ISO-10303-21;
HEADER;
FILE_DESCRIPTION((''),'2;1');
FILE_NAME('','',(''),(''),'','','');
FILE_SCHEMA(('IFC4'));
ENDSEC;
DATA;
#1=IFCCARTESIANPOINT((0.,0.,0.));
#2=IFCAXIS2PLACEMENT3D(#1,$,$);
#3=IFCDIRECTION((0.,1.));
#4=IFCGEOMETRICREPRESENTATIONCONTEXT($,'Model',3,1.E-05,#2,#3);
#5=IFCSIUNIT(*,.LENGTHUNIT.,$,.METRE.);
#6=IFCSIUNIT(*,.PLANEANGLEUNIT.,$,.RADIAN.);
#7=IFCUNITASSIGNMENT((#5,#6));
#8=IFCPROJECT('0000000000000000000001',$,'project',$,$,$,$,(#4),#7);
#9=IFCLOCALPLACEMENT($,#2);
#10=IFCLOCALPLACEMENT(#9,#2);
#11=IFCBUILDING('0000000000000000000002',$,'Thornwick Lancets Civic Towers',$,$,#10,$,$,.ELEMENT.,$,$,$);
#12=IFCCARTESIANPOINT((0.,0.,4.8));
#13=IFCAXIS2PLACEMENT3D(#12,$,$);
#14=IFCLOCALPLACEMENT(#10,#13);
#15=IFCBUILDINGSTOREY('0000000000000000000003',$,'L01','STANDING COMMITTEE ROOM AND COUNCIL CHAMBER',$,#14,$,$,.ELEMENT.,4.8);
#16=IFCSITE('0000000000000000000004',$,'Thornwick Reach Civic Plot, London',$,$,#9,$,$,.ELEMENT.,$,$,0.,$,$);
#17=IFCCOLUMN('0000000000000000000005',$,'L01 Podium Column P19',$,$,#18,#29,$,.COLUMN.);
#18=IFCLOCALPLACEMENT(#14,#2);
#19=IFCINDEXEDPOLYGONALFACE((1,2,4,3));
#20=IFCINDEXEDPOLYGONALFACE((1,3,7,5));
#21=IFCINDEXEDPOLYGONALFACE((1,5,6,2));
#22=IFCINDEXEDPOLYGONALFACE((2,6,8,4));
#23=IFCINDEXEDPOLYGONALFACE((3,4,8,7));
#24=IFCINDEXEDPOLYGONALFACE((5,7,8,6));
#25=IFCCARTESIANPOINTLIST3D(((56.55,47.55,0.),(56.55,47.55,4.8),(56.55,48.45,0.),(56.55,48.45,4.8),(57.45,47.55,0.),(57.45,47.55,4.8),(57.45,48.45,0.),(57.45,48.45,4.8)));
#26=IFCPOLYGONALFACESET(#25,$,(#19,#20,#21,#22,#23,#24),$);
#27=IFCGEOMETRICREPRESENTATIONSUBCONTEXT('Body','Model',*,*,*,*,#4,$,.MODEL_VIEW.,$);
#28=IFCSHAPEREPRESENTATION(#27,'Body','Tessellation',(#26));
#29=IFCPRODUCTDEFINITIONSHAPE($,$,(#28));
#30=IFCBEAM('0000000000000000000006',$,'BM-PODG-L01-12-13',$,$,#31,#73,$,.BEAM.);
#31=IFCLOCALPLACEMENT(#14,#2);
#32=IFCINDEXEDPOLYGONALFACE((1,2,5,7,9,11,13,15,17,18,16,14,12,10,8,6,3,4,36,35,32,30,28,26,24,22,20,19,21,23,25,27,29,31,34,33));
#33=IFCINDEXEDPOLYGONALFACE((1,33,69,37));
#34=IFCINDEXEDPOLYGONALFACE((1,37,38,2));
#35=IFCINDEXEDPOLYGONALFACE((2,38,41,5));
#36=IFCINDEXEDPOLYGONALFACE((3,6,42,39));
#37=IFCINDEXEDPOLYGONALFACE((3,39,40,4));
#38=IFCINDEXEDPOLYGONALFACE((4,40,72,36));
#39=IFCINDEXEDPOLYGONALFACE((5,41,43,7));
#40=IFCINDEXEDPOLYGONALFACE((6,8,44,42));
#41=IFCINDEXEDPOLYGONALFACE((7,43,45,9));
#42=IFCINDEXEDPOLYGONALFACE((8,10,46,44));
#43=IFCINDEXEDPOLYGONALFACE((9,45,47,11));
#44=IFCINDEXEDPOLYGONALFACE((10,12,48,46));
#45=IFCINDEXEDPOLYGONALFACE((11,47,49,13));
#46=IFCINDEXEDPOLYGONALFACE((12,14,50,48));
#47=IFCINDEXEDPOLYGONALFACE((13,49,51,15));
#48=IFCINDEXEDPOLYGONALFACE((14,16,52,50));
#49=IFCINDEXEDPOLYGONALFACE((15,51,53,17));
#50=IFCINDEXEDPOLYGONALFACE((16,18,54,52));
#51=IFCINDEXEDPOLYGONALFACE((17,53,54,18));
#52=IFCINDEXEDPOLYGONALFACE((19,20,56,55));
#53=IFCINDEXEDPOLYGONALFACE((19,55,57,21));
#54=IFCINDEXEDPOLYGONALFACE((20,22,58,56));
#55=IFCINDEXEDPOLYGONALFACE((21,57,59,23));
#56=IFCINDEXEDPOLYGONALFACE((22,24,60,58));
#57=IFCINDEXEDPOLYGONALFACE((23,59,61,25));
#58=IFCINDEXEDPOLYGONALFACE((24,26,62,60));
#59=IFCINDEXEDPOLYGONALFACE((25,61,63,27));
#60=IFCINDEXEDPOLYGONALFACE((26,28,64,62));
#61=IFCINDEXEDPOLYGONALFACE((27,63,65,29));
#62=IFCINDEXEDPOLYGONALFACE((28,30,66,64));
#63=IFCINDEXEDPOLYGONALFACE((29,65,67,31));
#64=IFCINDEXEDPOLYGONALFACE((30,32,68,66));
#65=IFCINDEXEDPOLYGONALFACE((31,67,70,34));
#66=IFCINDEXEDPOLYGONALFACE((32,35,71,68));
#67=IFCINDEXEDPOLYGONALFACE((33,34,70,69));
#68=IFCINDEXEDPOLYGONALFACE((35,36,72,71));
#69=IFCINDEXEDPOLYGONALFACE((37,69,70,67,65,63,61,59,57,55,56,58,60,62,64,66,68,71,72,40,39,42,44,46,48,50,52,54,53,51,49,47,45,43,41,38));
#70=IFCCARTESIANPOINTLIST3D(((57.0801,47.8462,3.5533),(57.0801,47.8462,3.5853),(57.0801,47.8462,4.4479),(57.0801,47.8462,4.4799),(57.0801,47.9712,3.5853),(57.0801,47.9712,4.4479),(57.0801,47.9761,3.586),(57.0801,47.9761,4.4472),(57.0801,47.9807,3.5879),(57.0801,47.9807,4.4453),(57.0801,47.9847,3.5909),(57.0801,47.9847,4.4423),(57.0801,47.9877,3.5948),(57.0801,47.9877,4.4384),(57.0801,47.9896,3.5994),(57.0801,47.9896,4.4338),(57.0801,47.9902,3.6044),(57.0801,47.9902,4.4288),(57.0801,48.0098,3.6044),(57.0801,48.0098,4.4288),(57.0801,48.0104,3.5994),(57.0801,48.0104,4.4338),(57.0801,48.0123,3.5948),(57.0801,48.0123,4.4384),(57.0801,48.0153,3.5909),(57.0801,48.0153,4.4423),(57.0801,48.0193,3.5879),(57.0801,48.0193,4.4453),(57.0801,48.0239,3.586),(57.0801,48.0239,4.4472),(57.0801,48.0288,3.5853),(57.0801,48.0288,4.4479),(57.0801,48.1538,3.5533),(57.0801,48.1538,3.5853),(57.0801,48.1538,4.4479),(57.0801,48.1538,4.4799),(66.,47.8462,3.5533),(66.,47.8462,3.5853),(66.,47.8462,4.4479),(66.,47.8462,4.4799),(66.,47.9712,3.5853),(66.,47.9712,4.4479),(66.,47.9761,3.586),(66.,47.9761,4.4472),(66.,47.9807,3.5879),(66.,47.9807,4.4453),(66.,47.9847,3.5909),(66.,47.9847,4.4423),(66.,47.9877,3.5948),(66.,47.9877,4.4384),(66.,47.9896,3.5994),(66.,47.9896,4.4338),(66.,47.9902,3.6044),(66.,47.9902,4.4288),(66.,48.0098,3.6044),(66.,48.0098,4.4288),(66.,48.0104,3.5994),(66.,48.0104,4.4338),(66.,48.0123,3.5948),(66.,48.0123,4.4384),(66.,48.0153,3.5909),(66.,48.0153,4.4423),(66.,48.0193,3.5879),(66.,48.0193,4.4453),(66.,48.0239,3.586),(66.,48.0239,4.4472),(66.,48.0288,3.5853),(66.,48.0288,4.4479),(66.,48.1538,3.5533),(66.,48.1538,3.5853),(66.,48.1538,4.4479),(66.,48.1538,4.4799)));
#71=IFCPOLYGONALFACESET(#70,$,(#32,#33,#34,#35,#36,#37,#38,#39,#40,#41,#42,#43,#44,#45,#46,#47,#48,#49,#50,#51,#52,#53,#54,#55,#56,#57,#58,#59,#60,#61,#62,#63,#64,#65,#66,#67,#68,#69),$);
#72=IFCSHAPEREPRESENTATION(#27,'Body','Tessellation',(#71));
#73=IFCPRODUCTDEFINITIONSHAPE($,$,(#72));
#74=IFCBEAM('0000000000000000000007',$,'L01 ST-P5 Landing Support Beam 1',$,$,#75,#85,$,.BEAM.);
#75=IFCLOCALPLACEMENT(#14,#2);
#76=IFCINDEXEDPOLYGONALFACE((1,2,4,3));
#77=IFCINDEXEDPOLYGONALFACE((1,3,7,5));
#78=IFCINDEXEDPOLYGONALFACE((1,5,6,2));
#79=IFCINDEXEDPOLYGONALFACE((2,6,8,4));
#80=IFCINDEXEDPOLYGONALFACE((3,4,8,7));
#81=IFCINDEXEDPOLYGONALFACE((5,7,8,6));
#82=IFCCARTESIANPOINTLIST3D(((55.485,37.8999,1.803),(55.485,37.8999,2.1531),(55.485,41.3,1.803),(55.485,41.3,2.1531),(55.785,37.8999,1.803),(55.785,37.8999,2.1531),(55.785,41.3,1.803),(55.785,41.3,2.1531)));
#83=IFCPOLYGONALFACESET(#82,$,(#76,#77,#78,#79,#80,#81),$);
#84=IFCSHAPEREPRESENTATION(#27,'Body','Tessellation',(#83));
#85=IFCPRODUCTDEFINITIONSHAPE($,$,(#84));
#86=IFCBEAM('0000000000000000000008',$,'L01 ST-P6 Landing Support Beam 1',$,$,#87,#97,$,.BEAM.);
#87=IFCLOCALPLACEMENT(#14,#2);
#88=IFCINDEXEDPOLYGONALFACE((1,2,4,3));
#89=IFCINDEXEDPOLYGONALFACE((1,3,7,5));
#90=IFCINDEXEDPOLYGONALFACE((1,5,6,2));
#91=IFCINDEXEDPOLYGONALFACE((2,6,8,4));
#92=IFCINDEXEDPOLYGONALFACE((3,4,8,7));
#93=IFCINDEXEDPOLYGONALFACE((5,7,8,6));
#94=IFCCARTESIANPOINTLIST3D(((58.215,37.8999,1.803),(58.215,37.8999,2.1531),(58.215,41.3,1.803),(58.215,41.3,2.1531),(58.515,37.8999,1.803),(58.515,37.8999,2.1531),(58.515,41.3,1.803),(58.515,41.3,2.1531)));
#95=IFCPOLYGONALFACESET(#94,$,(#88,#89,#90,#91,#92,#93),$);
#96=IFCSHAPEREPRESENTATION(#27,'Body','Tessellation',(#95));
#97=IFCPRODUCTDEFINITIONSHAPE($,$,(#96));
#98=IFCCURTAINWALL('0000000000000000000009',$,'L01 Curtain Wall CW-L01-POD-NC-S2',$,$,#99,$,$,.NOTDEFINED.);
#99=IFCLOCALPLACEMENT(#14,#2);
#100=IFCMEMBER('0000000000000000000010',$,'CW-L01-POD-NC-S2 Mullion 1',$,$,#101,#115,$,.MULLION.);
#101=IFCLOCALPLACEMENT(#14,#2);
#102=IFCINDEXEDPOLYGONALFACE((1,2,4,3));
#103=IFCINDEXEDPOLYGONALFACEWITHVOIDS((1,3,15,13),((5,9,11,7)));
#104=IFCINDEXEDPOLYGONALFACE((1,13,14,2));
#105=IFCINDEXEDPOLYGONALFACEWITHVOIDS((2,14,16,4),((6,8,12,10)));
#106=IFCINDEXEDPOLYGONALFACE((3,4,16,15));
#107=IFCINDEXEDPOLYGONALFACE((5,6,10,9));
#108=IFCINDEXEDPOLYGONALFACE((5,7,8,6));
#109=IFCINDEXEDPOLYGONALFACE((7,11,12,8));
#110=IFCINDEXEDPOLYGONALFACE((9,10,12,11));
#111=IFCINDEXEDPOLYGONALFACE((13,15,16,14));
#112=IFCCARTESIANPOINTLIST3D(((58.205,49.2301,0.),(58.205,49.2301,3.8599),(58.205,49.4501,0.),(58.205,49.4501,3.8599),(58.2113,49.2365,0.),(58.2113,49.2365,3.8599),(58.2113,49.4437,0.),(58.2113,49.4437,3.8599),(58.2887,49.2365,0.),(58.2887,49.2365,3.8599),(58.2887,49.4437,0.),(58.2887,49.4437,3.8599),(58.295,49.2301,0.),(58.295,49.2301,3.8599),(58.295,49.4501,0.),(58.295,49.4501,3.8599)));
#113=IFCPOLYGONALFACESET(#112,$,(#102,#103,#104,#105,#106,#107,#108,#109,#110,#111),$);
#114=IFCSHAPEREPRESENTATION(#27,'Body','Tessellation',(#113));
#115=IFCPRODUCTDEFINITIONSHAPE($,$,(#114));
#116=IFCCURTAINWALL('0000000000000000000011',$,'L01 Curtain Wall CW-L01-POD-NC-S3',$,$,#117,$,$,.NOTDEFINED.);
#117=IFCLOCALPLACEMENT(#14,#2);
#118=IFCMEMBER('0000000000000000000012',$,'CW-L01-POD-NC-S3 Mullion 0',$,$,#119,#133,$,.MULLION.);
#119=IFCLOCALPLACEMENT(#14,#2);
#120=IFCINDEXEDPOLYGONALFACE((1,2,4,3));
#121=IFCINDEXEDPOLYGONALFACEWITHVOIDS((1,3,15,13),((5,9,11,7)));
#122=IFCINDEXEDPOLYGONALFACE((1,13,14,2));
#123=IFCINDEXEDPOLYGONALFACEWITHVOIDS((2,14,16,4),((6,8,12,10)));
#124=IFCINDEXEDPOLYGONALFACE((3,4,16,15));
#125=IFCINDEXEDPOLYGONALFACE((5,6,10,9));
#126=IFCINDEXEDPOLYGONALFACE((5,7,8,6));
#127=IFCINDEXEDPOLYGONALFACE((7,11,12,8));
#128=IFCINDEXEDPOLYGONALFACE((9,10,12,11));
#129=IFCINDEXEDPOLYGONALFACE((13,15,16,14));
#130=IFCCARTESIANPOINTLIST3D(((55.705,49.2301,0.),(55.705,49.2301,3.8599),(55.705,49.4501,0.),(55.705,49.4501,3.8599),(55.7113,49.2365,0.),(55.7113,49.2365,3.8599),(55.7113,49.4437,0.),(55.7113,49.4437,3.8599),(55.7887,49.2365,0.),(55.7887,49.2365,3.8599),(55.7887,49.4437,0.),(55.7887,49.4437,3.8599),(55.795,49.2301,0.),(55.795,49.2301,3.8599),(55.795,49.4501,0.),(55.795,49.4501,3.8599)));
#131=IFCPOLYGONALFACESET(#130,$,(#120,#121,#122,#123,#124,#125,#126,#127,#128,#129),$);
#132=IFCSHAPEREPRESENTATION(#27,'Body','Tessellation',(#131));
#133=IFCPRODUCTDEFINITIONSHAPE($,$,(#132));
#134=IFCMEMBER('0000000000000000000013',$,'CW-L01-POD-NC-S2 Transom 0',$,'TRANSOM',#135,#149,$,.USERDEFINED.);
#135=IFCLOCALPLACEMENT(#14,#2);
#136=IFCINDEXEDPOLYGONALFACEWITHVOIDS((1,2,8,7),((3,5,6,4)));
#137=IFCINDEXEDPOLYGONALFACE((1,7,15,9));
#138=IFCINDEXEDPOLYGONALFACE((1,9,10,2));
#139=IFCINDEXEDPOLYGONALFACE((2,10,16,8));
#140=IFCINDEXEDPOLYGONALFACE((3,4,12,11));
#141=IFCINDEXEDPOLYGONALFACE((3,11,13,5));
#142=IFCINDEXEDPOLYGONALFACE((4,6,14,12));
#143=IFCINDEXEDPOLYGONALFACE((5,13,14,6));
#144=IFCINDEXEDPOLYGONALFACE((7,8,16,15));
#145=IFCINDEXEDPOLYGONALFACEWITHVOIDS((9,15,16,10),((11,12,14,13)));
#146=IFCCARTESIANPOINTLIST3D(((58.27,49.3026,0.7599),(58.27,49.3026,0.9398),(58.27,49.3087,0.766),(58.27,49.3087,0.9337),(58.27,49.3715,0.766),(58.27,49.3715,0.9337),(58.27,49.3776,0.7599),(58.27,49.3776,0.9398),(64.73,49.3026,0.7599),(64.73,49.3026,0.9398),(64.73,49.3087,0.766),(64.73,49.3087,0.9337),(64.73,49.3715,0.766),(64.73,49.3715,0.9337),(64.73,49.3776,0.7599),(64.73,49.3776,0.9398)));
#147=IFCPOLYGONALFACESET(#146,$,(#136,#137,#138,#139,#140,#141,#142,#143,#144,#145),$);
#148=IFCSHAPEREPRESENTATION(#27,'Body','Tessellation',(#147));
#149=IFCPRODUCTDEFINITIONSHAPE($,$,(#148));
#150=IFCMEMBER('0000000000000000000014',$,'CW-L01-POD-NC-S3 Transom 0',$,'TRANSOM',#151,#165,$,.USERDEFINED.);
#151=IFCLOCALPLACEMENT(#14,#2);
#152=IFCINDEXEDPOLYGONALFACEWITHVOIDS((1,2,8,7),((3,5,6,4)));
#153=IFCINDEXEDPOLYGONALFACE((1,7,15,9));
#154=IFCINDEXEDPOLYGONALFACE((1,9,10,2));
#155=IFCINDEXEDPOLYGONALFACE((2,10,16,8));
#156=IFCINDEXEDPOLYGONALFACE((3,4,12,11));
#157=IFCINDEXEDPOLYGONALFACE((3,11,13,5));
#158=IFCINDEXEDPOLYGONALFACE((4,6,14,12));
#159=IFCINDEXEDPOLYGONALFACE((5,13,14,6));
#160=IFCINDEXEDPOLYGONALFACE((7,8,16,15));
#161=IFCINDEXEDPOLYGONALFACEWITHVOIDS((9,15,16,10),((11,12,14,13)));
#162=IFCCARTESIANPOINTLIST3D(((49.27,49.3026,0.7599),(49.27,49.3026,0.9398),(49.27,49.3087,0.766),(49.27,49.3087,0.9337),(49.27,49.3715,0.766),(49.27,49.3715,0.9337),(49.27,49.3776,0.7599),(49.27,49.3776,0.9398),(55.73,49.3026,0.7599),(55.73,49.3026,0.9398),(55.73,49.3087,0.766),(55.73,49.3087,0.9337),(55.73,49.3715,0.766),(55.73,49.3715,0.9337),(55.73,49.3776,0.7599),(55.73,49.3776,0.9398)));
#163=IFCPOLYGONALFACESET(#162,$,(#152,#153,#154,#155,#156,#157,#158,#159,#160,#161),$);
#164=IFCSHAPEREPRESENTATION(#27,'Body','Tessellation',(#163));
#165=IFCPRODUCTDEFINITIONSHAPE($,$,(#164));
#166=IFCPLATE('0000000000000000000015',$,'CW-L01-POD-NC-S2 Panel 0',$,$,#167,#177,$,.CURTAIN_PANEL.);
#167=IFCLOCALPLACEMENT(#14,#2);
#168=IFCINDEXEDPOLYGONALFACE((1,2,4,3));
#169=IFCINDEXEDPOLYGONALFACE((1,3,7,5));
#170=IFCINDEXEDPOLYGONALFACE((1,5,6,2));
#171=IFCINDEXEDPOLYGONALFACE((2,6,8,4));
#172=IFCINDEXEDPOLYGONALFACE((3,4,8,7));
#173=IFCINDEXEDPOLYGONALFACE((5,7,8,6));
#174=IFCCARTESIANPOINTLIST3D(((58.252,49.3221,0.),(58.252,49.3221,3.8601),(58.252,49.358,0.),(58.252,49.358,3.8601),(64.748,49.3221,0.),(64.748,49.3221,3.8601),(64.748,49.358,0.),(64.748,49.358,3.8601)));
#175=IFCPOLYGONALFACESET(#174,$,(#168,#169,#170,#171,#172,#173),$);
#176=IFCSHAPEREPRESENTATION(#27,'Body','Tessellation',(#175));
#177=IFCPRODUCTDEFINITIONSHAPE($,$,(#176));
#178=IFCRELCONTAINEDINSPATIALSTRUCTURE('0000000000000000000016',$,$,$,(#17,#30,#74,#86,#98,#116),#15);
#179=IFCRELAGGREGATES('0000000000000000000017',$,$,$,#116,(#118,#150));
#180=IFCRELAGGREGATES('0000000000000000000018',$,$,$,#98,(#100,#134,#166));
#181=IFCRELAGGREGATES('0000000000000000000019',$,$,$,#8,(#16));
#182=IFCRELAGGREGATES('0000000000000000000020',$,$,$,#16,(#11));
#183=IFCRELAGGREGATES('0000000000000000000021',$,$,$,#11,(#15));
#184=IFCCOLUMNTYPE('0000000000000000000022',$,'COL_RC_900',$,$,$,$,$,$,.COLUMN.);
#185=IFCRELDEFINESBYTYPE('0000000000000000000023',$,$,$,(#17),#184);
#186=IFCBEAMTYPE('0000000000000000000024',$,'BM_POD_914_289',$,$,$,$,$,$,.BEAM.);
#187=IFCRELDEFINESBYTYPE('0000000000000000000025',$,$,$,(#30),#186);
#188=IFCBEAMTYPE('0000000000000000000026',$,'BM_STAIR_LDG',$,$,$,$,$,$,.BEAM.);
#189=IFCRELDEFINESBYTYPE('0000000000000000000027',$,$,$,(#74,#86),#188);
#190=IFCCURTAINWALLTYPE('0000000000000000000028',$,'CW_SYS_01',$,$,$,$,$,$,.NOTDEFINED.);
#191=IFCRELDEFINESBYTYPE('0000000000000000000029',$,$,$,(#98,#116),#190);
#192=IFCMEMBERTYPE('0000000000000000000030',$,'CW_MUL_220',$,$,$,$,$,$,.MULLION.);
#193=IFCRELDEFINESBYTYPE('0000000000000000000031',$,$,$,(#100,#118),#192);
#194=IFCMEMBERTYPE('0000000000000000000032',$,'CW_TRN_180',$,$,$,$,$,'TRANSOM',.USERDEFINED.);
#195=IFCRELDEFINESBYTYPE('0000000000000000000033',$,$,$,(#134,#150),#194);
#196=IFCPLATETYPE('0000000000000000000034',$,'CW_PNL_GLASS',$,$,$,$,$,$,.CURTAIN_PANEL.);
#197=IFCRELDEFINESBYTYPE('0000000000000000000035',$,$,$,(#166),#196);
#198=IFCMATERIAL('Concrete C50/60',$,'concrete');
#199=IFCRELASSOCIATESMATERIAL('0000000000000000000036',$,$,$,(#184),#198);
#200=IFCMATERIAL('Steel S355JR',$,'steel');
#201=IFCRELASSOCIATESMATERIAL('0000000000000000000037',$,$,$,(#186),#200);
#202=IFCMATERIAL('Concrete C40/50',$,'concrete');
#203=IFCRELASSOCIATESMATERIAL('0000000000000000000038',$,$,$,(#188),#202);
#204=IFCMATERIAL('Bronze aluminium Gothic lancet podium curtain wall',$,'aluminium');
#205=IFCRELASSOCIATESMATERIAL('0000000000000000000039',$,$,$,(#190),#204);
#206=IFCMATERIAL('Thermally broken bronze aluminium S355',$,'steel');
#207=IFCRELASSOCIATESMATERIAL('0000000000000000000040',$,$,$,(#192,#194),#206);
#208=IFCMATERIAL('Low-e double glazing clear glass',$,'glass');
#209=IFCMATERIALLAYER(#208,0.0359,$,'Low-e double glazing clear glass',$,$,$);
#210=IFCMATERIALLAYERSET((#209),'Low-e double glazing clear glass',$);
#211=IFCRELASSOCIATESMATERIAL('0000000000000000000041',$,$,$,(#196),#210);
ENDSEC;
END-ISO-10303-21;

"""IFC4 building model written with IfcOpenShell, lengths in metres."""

from ifc_helpers import new_model, si_unit, direction, frame, origin, origin_2d, place, context, subcontext, project, spatial, rectangle, hollow_rectangle, i_section, extrude, material, layer, layer_set, material_profile, profile_set, type_object, element, aggregate, save


model = new_model("IFC4")

# Units and contexts
model_context = context("Model", 3, precision=1e-05, world=origin(), true_north=direction((0.0, 1.0)))
body_context = subcontext(model_context, "Body", "Model", "MODEL_VIEW")
ifc_project = project(units=[si_unit("LENGTHUNIT", "METRE"), si_unit("PLANEANGLEUNIT", "RADIAN")], contexts=[model_context])

# Site, building, storey
site_placement = place(None, origin())
site = spatial("IfcSite", under=ifc_project, at=site_placement, Name="Thornwick Reach Civic Plot, London", CompositionType="ELEMENT", RefElevation=0.0)
building_placement = place(site_placement, origin())
building = spatial("IfcBuilding", under=site, at=building_placement, Name="Thornwick Lancets Civic Towers", CompositionType="ELEMENT")
storey_placement = place(building_placement, frame((0.0, 0.0, 4.8)))
storey = spatial("IfcBuildingStorey", under=building, at=storey_placement, Name="L01", Description="STANDING COMMITTEE ROOM AND COUNCIL CHAMBER", CompositionType="ELEMENT", Elevation=4.8)

# Column
ifc_material_1 = material(Name="Concrete C50/60", Category="concrete")
ifc_material_profile_1 = material_profile(ifc_material_1, rectangle(XDim=0.8999, YDim=0.8999, at=origin_2d()), Name="RC 900x900")
ifc_profile_set_1 = profile_set([ifc_material_profile_1], Name="Concrete C50/60")
column_type = type_object("IfcColumnType", Name="COL_RC_900", PredefinedType="COLUMN", material=ifc_profile_set_1)
column_placement = place(storey_placement, frame((57.0, 48.0, 0.0), z_axis=(0.0, 0.0, 1.0), x_axis=(1.0, 0.0, 0.0)))
element("IfcColumn", 1, at=column_placement, inside=storey, type_object=column_type, Name="L01 Podium Column P19", PredefinedType="COLUMN", context=body_context, shape_type="SweptSolid", body=[
    extrude(rectangle(XDim=0.8999, YDim=0.8999, at=origin_2d()), origin(), (0.0, 0.0, 1.0), 4.8),
])

# Beams
ifc_material_2 = material(Name="Steel S355JR", Category="steel")
ifc_material_profile_2 = material_profile(ifc_material_2, i_section(OverallWidth=0.3076, OverallDepth=0.9265, WebThickness=0.0195, FlangeThickness=0.032, FilletRadius=0.019, at=origin_2d()), Name="UKB 914x305x289")
ifc_profile_set_2 = profile_set([ifc_material_profile_2], Name="Steel S355JR")
beam_type_1 = type_object("IfcBeamType", Name="BM_POD_914_289", PredefinedType="BEAM", material=ifc_profile_set_2)
beam_placement = place(storey_placement, frame((57.0801, 48.0, 4.0166), z_axis=(1.0, 0.0, 0.0), x_axis=(0.0, 1.0, 0.0)))
element("IfcBeam", 2, at=beam_placement, inside=storey, type_object=beam_type_1, Name="BM-PODG-L01-12-13", PredefinedType="BEAM", context=body_context, shape_type="SweptSolid", body=[
    extrude(i_section(OverallWidth=0.3076, OverallDepth=0.9265, WebThickness=0.0195, FlangeThickness=0.032, FilletRadius=0.019, at=origin_2d()), origin(), (0.0, 0.0, 1.0), 8.9199),
])
ifc_material_3 = material(Name="Concrete C40/50", Category="concrete")
ifc_material_profile_3 = material_profile(ifc_material_3, rectangle(XDim=0.3, YDim=0.3501, at=origin_2d()), Name="RC 300x350")
ifc_profile_set_3 = profile_set([ifc_material_profile_3], Name="Concrete C40/50")
beam_type_2 = type_object("IfcBeamType", Name="BM_STAIR_LDG", PredefinedType="BEAM", material=ifc_profile_set_3)
for number, where, z_axis, x_axis, name in (
    (3, (55.635, 37.8999, 1.978), (0.0, 1.0, 0.0), (-1.0, 0.0, 0.0), "L01 ST-P5 Landing Support Beam 1"),
    (4, (58.365, 41.3, 1.978), (0.0, -1.0, 0.0), (1.0, 0.0, 0.0), "L01 ST-P6 Landing Support Beam 1"),
):
    element("IfcBeam", number, at=place(storey_placement, frame(where, z_axis=z_axis, x_axis=x_axis)), inside=storey, type_object=beam_type_2, Name=name, PredefinedType="BEAM", context=body_context, shape_type="SweptSolid", body=[
        extrude(rectangle(XDim=0.3, YDim=0.3501, at=origin_2d()), origin(), (0.0, 0.0, 1.0), 3.4001),
    ])

# Curtain walls, members
ifc_material_4 = material(Name="Bronze aluminium Gothic lancet podium curtain wall", Category="aluminium")
curtain_wall_type = type_object("IfcCurtainWallType", Name="CW_SYS_01", PredefinedType="NOTDEFINED", material=ifc_material_4)
curtain_wall_1_placement = place(storey_placement, origin())
curtain_wall_1 = element("IfcCurtainWall", 5, at=curtain_wall_1_placement, inside=storey, type_object=curtain_wall_type, Name="L01 Curtain Wall CW-L01-POD-NC-S2", PredefinedType="NOTDEFINED")
ifc_material_5 = material(Name="Thermally broken bronze aluminium S355", Category="steel")
ifc_material_profile_4 = material_profile(ifc_material_5, hollow_rectangle(XDim=0.0901, YDim=0.22, WallThickness=0.0063, at=origin_2d()), Name="RHS 220x90x6.3")
ifc_profile_set_4 = profile_set([ifc_material_profile_4], Name="Thermally broken bronze aluminium S355")
member_type_1 = type_object("IfcMemberType", Name="CW_MUL_220", PredefinedType="MULLION", material=ifc_profile_set_4)
member_1_placement = place(storey_placement, frame((58.25, 49.3401, 0.0), z_axis=(0.0, 0.0, 1.0), x_axis=(1.0, 0.0, 0.0)))
member_1 = element("IfcMember", 6, at=member_1_placement, type_object=member_type_1, Name="CW-L01-POD-NC-S2 Mullion 1", PredefinedType="MULLION", context=body_context, shape_type="SweptSolid", body=[
    extrude(hollow_rectangle(XDim=0.0901, YDim=0.22, WallThickness=0.0063, at=origin_2d()), origin(), (0.0, 0.0, 1.0), 3.8599),
])
curtain_wall_2_placement = place(storey_placement, origin())
curtain_wall_2 = element("IfcCurtainWall", 7, at=curtain_wall_2_placement, inside=storey, type_object=curtain_wall_type, Name="L01 Curtain Wall CW-L01-POD-NC-S3", PredefinedType="NOTDEFINED")
member_2_placement = place(storey_placement, frame((55.75, 49.3401, 0.0), z_axis=(0.0, 0.0, 1.0), x_axis=(1.0, 0.0, 0.0)))
member_2 = element("IfcMember", 8, at=member_2_placement, type_object=member_type_1, Name="CW-L01-POD-NC-S3 Mullion 0", PredefinedType="MULLION", context=body_context, shape_type="SweptSolid", body=[
    extrude(hollow_rectangle(XDim=0.0901, YDim=0.22, WallThickness=0.0063, at=origin_2d()), origin(), (0.0, 0.0, 1.0), 3.8599),
])

# Members
ifc_material_profile_5 = material_profile(ifc_material_5, hollow_rectangle(XDim=0.075, YDim=0.1799, WallThickness=0.0061, at=origin_2d()), Name="RHS 180x75x6")
ifc_profile_set_5 = profile_set([ifc_material_profile_5], Name="Thermally broken bronze aluminium S355")
member_type_2 = type_object("IfcMemberType", Name="CW_TRN_180", ElementType="TRANSOM", PredefinedType="USERDEFINED", material=ifc_profile_set_5)
member_3_placement = place(storey_placement, frame((64.73, 49.3401, 0.8499), z_axis=(-1.0, 0.0, 0.0), x_axis=(0.0, -1.0, 0.0)))
member_3 = element("IfcMember", 9, at=member_3_placement, type_object=member_type_2, Name="CW-L01-POD-NC-S2 Transom 0", ObjectType="TRANSOM", PredefinedType="USERDEFINED", context=body_context, shape_type="SweptSolid", body=[
    extrude(hollow_rectangle(XDim=0.075, YDim=0.1799, WallThickness=0.0061, at=origin_2d()), origin(), (0.0, 0.0, 1.0), 6.46),
])
member_4_placement = place(storey_placement, frame((55.73, 49.3401, 0.8499), z_axis=(-1.0, 0.0, 0.0), x_axis=(0.0, -1.0, 0.0)))
member_4 = element("IfcMember", 10, at=member_4_placement, type_object=member_type_2, Name="CW-L01-POD-NC-S3 Transom 0", ObjectType="TRANSOM", PredefinedType="USERDEFINED", context=body_context, shape_type="SweptSolid", body=[
    extrude(hollow_rectangle(XDim=0.075, YDim=0.1799, WallThickness=0.0061, at=origin_2d()), origin(), (0.0, 0.0, 1.0), 6.46),
])
aggregate(curtain_wall_2, [member_2, member_4])

# Plate
ifc_material_6 = material(Name="Low-e double glazing clear glass", Category="glass")
ifc_layer_1 = layer(ifc_material_6, 0.0359, Name="Low-e double glazing clear glass")
ifc_layer_set_1 = layer_set([ifc_layer_1], Name="Low-e double glazing clear glass")
plate_type = type_object("IfcPlateType", Name="CW_PNL_GLASS", PredefinedType="CURTAIN_PANEL", material=ifc_layer_set_1)
plate_placement = place(storey_placement, frame((61.5, 49.3401, 0.0), z_axis=(0.0, 0.0, 1.0), x_axis=(-1.0, 0.0, 0.0)))
plate = element("IfcPlate", 11, at=plate_placement, type_object=plate_type, Name="CW-L01-POD-NC-S2 Panel 0", PredefinedType="CURTAIN_PANEL", context=body_context, shape_type="SweptSolid", body=[
    extrude(rectangle(XDim=6.4961, YDim=0.0359, at=origin_2d()), origin(), (0.0, 0.0, 1.0), 3.8601),
])
aggregate(curtain_wall_1, [member_1, member_3, plate])

save(model, "model.ifc")
